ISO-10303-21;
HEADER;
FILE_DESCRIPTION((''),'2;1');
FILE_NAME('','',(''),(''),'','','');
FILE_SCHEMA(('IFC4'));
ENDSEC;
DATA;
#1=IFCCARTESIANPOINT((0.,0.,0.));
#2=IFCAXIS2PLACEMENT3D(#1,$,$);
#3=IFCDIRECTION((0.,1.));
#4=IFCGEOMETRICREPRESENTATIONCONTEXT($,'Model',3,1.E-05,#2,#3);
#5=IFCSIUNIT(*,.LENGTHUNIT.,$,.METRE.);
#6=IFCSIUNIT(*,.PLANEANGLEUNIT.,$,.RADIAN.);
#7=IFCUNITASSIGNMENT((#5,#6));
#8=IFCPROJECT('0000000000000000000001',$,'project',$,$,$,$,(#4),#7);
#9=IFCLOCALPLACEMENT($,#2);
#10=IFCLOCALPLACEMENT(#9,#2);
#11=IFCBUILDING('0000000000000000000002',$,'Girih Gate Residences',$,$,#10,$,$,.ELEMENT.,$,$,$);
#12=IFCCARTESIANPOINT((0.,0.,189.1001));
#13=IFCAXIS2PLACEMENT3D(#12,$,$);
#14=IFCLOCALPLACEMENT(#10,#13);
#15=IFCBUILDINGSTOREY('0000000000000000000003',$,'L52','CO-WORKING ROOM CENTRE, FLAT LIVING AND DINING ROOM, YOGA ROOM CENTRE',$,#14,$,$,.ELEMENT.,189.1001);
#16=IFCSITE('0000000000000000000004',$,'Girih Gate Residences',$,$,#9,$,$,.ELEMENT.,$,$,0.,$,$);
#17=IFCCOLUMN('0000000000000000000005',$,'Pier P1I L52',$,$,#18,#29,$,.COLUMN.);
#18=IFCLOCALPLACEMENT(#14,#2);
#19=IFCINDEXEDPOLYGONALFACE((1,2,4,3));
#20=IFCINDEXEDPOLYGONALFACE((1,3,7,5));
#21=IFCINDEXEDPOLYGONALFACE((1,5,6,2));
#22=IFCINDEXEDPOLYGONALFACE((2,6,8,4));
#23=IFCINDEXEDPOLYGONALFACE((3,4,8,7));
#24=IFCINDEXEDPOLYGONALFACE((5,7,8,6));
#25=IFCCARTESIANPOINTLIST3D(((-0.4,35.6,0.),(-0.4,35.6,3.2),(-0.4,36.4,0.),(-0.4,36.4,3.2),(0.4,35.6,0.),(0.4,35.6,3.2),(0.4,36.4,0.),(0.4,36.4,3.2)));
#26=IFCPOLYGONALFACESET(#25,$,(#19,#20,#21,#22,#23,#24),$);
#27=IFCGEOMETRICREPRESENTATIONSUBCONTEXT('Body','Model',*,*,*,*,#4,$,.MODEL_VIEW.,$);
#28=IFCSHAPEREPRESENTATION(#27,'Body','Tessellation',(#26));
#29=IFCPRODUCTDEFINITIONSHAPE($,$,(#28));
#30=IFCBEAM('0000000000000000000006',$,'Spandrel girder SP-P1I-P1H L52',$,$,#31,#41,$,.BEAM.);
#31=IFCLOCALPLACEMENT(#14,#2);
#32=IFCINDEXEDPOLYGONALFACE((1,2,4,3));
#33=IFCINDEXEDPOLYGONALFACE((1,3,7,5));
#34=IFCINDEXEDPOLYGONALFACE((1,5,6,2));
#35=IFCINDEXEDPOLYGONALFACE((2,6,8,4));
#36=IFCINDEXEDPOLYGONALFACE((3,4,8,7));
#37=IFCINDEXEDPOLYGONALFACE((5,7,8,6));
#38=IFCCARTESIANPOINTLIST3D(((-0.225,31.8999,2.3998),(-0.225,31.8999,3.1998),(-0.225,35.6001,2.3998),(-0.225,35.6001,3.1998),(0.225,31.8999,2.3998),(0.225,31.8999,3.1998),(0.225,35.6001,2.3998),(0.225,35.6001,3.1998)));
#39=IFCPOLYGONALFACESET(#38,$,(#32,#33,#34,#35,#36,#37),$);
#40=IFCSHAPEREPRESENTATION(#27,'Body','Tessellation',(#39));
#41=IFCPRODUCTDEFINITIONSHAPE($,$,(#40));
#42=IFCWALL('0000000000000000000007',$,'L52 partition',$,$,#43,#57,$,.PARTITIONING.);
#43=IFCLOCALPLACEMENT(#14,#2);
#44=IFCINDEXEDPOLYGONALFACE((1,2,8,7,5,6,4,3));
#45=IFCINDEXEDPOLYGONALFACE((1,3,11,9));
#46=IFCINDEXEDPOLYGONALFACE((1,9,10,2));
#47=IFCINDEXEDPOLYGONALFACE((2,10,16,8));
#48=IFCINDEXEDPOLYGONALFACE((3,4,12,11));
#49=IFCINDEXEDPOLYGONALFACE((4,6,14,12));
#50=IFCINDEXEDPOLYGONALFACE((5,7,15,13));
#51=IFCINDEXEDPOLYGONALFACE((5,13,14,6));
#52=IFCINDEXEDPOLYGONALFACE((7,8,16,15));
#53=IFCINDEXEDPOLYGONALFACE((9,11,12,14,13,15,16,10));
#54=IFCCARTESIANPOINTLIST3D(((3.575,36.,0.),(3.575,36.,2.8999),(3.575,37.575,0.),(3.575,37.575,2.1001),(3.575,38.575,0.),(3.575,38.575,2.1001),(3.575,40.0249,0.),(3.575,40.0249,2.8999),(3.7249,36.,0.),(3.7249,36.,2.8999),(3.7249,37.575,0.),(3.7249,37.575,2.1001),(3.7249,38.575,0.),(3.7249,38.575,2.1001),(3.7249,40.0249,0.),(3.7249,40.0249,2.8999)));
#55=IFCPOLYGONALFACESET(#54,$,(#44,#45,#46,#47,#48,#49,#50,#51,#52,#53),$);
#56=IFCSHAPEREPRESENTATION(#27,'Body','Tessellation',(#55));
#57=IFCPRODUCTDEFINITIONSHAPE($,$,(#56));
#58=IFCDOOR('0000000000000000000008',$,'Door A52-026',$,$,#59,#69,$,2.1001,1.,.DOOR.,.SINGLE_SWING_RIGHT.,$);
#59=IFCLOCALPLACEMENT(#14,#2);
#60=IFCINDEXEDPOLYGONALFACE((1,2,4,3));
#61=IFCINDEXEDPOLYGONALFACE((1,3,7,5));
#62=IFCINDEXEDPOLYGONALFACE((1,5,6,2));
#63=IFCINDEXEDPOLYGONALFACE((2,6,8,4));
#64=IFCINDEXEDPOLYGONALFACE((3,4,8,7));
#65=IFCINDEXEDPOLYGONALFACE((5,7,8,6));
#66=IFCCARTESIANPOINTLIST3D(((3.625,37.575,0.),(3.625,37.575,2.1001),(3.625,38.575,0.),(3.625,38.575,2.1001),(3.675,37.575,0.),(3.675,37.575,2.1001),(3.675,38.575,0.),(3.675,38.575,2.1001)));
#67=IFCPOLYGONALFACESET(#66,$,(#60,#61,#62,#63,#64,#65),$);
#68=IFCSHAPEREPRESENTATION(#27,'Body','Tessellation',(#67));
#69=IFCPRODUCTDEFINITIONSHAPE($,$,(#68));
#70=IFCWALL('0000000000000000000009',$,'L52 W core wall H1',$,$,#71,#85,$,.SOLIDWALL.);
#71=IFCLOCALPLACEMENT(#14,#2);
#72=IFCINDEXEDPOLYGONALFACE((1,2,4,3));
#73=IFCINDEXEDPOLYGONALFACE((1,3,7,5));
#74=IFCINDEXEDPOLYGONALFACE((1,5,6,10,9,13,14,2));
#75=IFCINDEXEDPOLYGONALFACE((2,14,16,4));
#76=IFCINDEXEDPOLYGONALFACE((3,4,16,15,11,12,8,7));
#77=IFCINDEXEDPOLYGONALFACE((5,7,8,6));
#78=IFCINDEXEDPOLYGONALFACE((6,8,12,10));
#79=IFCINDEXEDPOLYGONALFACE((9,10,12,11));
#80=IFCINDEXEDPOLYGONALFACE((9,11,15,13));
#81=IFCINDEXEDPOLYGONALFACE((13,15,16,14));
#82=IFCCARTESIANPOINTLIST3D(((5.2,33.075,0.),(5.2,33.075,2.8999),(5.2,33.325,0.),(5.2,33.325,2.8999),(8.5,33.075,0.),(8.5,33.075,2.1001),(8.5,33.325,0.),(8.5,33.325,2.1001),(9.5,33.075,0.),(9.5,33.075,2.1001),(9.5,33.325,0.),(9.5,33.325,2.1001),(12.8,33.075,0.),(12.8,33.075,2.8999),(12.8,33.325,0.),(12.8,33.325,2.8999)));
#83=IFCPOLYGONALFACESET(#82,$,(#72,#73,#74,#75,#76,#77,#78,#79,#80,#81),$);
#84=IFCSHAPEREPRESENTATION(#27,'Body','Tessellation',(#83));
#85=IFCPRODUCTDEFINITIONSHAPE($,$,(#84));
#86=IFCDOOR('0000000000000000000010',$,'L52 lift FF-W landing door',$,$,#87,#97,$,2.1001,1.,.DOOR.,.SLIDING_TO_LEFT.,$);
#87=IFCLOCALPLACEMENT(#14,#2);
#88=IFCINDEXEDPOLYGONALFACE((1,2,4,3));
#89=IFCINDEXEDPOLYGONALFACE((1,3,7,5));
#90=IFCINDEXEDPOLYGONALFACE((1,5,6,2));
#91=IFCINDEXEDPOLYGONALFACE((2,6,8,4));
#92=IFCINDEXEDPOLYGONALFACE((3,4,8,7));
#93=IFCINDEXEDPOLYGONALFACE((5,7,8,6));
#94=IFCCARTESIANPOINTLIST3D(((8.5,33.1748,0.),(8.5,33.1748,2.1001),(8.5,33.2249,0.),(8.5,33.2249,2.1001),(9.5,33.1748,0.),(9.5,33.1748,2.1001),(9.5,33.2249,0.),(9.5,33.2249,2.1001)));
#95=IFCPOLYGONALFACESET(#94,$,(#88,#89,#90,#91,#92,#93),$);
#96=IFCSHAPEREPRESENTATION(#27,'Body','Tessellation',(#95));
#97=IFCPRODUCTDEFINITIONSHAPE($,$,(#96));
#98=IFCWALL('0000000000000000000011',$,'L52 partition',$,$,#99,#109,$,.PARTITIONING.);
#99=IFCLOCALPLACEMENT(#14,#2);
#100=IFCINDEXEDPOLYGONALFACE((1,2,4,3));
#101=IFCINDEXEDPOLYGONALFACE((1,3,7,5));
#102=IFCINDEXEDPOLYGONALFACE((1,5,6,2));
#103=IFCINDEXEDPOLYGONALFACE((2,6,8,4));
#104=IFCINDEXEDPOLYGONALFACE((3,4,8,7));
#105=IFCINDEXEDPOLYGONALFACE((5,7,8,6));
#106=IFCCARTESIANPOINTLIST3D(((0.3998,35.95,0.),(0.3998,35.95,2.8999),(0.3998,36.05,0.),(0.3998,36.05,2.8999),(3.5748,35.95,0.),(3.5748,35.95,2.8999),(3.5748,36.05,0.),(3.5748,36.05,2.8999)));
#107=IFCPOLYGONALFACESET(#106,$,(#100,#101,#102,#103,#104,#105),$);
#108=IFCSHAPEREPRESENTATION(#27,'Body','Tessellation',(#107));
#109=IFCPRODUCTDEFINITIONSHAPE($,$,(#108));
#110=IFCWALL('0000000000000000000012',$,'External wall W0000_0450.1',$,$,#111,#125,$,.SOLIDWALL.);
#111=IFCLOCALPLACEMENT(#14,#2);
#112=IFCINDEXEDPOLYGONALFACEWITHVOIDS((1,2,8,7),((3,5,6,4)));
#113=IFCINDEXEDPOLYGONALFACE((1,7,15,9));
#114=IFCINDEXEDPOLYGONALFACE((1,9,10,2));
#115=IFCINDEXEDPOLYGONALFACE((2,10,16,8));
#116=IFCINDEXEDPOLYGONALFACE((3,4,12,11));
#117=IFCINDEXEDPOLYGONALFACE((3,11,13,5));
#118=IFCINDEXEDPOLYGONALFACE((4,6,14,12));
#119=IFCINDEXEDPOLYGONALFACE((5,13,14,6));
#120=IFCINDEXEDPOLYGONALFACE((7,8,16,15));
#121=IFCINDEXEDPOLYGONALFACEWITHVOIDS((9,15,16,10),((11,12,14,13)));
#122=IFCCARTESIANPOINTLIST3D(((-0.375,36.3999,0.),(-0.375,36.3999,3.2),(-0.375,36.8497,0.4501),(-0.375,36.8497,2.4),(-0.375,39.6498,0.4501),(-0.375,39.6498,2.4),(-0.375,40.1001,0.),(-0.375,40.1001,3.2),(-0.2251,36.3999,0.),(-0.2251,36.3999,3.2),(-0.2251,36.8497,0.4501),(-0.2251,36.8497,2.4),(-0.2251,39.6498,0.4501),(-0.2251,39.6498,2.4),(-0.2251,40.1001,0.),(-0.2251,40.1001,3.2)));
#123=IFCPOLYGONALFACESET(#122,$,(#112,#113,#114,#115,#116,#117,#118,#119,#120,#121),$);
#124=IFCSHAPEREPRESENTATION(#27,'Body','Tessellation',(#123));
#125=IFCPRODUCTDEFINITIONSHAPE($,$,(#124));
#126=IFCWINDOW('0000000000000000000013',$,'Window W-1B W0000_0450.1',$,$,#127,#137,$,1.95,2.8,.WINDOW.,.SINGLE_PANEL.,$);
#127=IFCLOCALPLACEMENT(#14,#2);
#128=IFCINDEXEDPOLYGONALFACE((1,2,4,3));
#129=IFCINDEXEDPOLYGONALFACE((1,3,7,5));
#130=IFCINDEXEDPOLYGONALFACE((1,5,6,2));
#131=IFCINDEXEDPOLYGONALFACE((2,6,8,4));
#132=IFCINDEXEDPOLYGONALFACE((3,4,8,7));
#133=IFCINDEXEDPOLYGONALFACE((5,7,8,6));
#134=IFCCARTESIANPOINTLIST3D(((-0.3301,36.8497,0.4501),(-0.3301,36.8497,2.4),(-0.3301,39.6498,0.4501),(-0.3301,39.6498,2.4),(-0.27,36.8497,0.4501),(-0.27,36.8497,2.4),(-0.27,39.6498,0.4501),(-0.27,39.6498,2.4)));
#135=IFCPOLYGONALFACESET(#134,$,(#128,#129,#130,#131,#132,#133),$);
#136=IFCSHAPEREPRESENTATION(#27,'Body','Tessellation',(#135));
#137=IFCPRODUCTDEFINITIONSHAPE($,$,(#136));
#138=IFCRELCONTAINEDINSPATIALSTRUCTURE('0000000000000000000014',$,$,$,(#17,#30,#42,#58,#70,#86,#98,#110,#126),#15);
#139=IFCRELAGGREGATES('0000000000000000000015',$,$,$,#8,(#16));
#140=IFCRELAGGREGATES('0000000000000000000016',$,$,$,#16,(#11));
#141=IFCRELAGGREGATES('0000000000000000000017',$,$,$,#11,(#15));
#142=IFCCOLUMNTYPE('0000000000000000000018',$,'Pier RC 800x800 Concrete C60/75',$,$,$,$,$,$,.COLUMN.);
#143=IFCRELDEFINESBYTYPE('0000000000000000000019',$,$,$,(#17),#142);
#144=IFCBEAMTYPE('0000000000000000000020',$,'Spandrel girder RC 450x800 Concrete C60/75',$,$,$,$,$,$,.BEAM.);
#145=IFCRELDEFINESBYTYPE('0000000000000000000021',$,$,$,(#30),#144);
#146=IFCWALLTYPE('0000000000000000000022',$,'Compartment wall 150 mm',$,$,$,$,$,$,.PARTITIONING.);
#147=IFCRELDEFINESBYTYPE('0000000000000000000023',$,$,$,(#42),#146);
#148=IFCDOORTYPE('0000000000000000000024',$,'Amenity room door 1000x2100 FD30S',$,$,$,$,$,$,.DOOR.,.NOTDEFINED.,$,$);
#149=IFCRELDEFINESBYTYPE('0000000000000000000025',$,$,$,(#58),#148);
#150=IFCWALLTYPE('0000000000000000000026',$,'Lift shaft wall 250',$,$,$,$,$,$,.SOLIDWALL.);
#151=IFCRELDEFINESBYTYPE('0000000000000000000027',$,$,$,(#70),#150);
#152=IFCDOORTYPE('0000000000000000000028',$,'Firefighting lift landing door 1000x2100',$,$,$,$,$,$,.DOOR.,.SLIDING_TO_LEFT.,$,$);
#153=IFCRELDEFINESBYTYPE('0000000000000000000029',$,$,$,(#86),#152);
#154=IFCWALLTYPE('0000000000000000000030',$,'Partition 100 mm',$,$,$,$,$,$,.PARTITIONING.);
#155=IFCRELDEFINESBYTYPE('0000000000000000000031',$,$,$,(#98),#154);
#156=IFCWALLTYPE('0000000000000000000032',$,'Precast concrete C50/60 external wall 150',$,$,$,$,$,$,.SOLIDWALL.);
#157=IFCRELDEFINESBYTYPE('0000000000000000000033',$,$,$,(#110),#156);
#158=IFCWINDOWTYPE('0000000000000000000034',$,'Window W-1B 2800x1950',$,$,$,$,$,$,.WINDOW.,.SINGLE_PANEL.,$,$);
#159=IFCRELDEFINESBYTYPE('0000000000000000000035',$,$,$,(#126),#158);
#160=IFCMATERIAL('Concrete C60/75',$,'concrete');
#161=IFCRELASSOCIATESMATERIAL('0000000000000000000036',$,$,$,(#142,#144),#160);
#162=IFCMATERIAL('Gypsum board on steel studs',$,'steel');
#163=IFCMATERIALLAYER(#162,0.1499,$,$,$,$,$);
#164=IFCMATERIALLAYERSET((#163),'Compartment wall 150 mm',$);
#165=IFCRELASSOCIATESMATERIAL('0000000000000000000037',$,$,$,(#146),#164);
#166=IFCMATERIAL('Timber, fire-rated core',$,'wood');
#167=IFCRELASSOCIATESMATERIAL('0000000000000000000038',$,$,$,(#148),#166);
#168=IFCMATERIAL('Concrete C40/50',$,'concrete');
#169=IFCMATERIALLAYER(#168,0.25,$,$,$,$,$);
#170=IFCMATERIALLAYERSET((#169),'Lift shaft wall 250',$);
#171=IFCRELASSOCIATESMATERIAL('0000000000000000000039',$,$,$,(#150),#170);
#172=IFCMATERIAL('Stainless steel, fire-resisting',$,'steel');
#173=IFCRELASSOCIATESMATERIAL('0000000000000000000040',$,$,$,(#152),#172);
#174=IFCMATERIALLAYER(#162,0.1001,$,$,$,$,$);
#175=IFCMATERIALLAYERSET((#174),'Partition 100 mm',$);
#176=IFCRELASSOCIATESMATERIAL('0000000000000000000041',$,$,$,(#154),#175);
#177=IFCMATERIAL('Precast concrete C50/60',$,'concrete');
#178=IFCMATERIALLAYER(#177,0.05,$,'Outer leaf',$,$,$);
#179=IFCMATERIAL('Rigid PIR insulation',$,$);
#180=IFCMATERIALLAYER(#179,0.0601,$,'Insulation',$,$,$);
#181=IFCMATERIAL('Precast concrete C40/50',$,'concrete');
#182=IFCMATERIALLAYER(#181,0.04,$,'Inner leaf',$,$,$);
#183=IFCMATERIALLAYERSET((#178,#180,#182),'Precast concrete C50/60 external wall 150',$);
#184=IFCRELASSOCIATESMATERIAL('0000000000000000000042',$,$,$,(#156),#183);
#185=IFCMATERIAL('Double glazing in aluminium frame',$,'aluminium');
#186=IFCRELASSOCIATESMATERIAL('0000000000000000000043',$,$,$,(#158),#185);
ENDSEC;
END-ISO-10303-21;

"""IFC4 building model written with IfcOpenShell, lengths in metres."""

from ifc_helpers import new_model, si_unit, direction, frame, frame_2d, origin, origin_2d, place, context, subcontext, project, spatial, rectangle, extrude, material, layer, layer_set, material_profile, profile_set, type_object, element, fill, save


model = new_model("IFC4")

# Units and contexts
model_context = context("Model", 3, precision=1e-05, world=origin(), true_north=direction((0.0, 1.0)))
body_context = subcontext(model_context, "Body", "Model", "MODEL_VIEW")
ifc_project = project(units=[si_unit("LENGTHUNIT", "METRE"), si_unit("PLANEANGLEUNIT", "RADIAN")], contexts=[model_context])

# Site, building, storey
site_placement = place(None, origin())
site = spatial("IfcSite", under=ifc_project, at=site_placement, Name="Girih Gate Residences", CompositionType="ELEMENT", RefElevation=0.0)
building_placement = place(site_placement, origin())
building = spatial("IfcBuilding", under=site, at=building_placement, Name="Girih Gate Residences", CompositionType="ELEMENT")
storey_placement = place(building_placement, frame((0.0, 0.0, 189.1001)))
storey = spatial("IfcBuildingStorey", under=building, at=storey_placement, Name="L52", Description="CO-WORKING ROOM CENTRE, FLAT LIVING AND DINING ROOM, YOGA ROOM CENTRE", CompositionType="ELEMENT", Elevation=189.1001)

# Column
ifc_material_1 = material(Name="Concrete C60/75", Category="concrete")
ifc_material_profile_1 = material_profile(ifc_material_1, rectangle(XDim=0.8, YDim=0.8, at=origin_2d()))
ifc_profile_set_1 = profile_set([ifc_material_profile_1], Name="Concrete C60/75")
column_type = type_object("IfcColumnType", Name="Pier RC 800x800 Concrete C60/75", PredefinedType="COLUMN", material=ifc_profile_set_1)
column_placement = place(storey_placement, frame((0.0, 36.0, 0.0), z_axis=(0.0, 0.0, 1.0), x_axis=(1.0, 0.0, 0.0)))
element("IfcColumn", 1, at=column_placement, inside=storey, type_object=column_type, Name="Pier P1I L52", PredefinedType="COLUMN", context=body_context, shape_type="SweptSolid", body=[
    extrude(rectangle(XDim=0.8, YDim=0.8, at=origin_2d()), origin(), (0.0, 0.0, 1.0), 3.2),
])

# Beam
ifc_material_profile_2 = material_profile(ifc_material_1, rectangle(XDim=0.45, YDim=0.8, at=origin_2d()))
ifc_profile_set_2 = profile_set([ifc_material_profile_2], Name="Concrete C60/75")
beam_type = type_object("IfcBeamType", Name="Spandrel girder RC 450x800 Concrete C60/75", PredefinedType="BEAM", material=ifc_profile_set_2)
beam_placement = place(storey_placement, frame((0.0, 35.6001, 2.7998), z_axis=(0.0, -1.0, 0.0), x_axis=(1.0, 0.0, 0.0)))
element("IfcBeam", 2, at=beam_placement, inside=storey, type_object=beam_type, Name="Spandrel girder SP-P1I-P1H L52", PredefinedType="BEAM", context=body_context, shape_type="SweptSolid", body=[
    extrude(rectangle(XDim=0.45, YDim=0.8, at=origin_2d()), origin(), (0.0, 0.0, 1.0), 3.7002),
])

# Walls, openings, doors
ifc_material_2 = material(Name="Gypsum board on steel studs", Category="steel")
ifc_layer_1 = layer(ifc_material_2, 0.1499)
ifc_layer_set_1 = layer_set([ifc_layer_1], Name="Compartment wall 150 mm")
wall_type_1 = type_object("IfcWallType", Name="Compartment wall 150 mm", PredefinedType="PARTITIONING", material=ifc_layer_set_1)
wall_1_placement = place(storey_placement, frame((3.6499, 36.0, 0.0), z_axis=(0.0, 0.0, 1.0), x_axis=(0.0, 1.0, 0.0)))
wall_1 = element("IfcWall", 3, at=wall_1_placement, inside=storey, type_object=wall_type_1, Name="L52 partition", PredefinedType="PARTITIONING", context=body_context, shape_type="SweptSolid", body=[
    extrude(rectangle(XDim=4.0249, YDim=0.1499, at=frame_2d((2.0125, 0.0))), origin(), (0.0, 0.0, 1.0), 2.8999),
])
opening_1_placement = place(wall_1_placement, frame((1.575, 0.0, 0.0)))
opening_1 = element("IfcOpeningElement", 4, at=opening_1_placement, cuts=wall_1, PredefinedType="OPENING", context=body_context, shape_type="SweptSolid", body=[
    extrude(rectangle(XDim=1.0, YDim=2.1001, at=frame_2d((0.5, 1.05))), frame((0.0, 0.085, 0.0), z_axis=(0.0, -1.0, 0.0), x_axis=(1.0, 0.0, 0.0)), (0.0, 0.0, 1.0), 0.1699),
])
ifc_material_3 = material(Name="Timber, fire-rated core", Category="wood")
door_type_1 = type_object("IfcDoorType", Name="Amenity room door 1000x2100 FD30S", OperationType="NOTDEFINED", PredefinedType="DOOR", material=ifc_material_3)
door_1_placement = place(opening_1_placement, origin())
door_1 = element("IfcDoor", 5, at=door_1_placement, inside=storey, type_object=door_type_1, Name="Door A52-026", OperationType="SINGLE_SWING_RIGHT", OverallHeight=2.1001, OverallWidth=1.0, PredefinedType="DOOR", context=body_context, shape_type="SweptSolid", body=[
    extrude(rectangle(XDim=1.0, YDim=2.1001, at=frame_2d((0.5, 1.05))), frame((0.0, 0.0249, 0.0), z_axis=(0.0, -1.0, 0.0), x_axis=(1.0, 0.0, 0.0)), (0.0, 0.0, 1.0), 0.05),
])
fill(opening_1, door_1)
ifc_material_4 = material(Name="Concrete C40/50", Category="concrete")
ifc_layer_2 = layer(ifc_material_4, 0.25)
ifc_layer_set_2 = layer_set([ifc_layer_2], Name="Lift shaft wall 250")
wall_type_2 = type_object("IfcWallType", Name="Lift shaft wall 250", PredefinedType="SOLIDWALL", material=ifc_layer_set_2)
wall_2_placement = place(storey_placement, frame((5.2, 33.2, 0.0), z_axis=(0.0, 0.0, 1.0), x_axis=(1.0, 0.0, 0.0)))
wall_2 = element("IfcWall", 6, at=wall_2_placement, inside=storey, type_object=wall_type_2, Name="L52 W core wall H1", PredefinedType="SOLIDWALL", context=body_context, shape_type="SweptSolid", body=[
    extrude(rectangle(XDim=7.6001, YDim=0.25, at=frame_2d((3.8, 0.0))), origin(), (0.0, 0.0, 1.0), 2.8999),
])
opening_2_placement = place(wall_2_placement, frame((3.3, 0.0, 0.0)))
opening_2 = element("IfcOpeningElement", 7, at=opening_2_placement, cuts=wall_2, PredefinedType="OPENING", context=body_context, shape_type="SweptSolid", body=[
    extrude(rectangle(XDim=1.0, YDim=2.1001, at=frame_2d((0.5, 1.05))), frame((0.0, 0.135, 0.0), z_axis=(0.0, -1.0, 0.0), x_axis=(1.0, 0.0, 0.0)), (0.0, 0.0, 1.0), 0.27),
])
ifc_material_5 = material(Name="Stainless steel, fire-resisting", Category="steel")
door_type_2 = type_object("IfcDoorType", Name="Firefighting lift landing door 1000x2100", OperationType="SLIDING_TO_LEFT", PredefinedType="DOOR", material=ifc_material_5)
door_2_placement = place(opening_2_placement, origin())
door_2 = element("IfcDoor", 8, at=door_2_placement, inside=storey, type_object=door_type_2, Name="L52 lift FF-W landing door", OperationType="SLIDING_TO_LEFT", OverallHeight=2.1001, OverallWidth=1.0, PredefinedType="DOOR", context=body_context, shape_type="SweptSolid", body=[
    extrude(rectangle(XDim=1.0, YDim=2.1001, at=frame_2d((0.5, 1.05))), frame((0.0, 0.0249, 0.0), z_axis=(0.0, -1.0, 0.0), x_axis=(1.0, 0.0, 0.0)), (0.0, 0.0, 1.0), 0.05),
])
fill(opening_2, door_2)

# Wall
ifc_layer_3 = layer(ifc_material_2, 0.1001)
ifc_layer_set_3 = layer_set([ifc_layer_3], Name="Partition 100 mm")
wall_type_3 = type_object("IfcWallType", Name="Partition 100 mm", PredefinedType="PARTITIONING", material=ifc_layer_set_3)
wall_3_placement = place(storey_placement, frame((0.3999, 36.0, 0.0), z_axis=(0.0, 0.0, 1.0), x_axis=(1.0, 0.0, 0.0)))
element("IfcWall", 9, at=wall_3_placement, inside=storey, type_object=wall_type_3, Name="L52 partition", PredefinedType="PARTITIONING", context=body_context, shape_type="SweptSolid", body=[
    extrude(rectangle(XDim=3.175, YDim=0.1001, at=frame_2d((1.5874, 0.0))), origin(), (0.0, 0.0, 1.0), 2.8999),
])

# Wall, opening, window
ifc_material_6 = material(Name="Precast concrete C50/60", Category="concrete")
ifc_layer_4 = layer(ifc_material_6, 0.05, Name="Outer leaf")
ifc_material_7 = material(Name="Rigid PIR insulation")
ifc_layer_5 = layer(ifc_material_7, 0.0601, Name="Insulation")
ifc_material_8 = material(Name="Precast concrete C40/50", Category="concrete")
ifc_layer_6 = layer(ifc_material_8, 0.04, Name="Inner leaf")
ifc_layer_set_4 = layer_set([ifc_layer_4, ifc_layer_5, ifc_layer_6], Name="Precast concrete C50/60 external wall 150")
wall_type_4 = type_object("IfcWallType", Name="Precast concrete C50/60 external wall 150", PredefinedType="SOLIDWALL", material=ifc_layer_set_4)
wall_4_placement = place(storey_placement, frame((-0.3, 36.3999, 0.0), z_axis=(0.0, 0.0, 1.0), x_axis=(0.0, 1.0, 0.0)))
wall_4 = element("IfcWall", 10, at=wall_4_placement, inside=storey, type_object=wall_type_4, Name="External wall W0000_0450.1", PredefinedType="SOLIDWALL", context=body_context, shape_type="SweptSolid", body=[
    extrude(rectangle(XDim=3.7002, YDim=0.1499, at=frame_2d((1.8501, 0.0))), origin(), (0.0, 0.0, 1.0), 3.2),
])
opening_3_placement = place(wall_4_placement, frame((0.45, 0.0, 0.45)))
opening_3 = element("IfcOpeningElement", 11, at=opening_3_placement, cuts=wall_4, PredefinedType="OPENING", context=body_context, shape_type="SweptSolid", body=[
    extrude(rectangle(XDim=2.8, YDim=1.95, at=frame_2d((1.3999, 0.9751))), frame((0.0, 0.085, 0.0), z_axis=(0.0, -1.0, 0.0), x_axis=(1.0, 0.0, 0.0)), (0.0, 0.0, 1.0), 0.1699),
])
ifc_material_9 = material(Name="Double glazing in aluminium frame", Category="aluminium")
window_type = type_object("IfcWindowType", Name="Window W-1B 2800x1950", PartitioningType="SINGLE_PANEL", PredefinedType="WINDOW", material=ifc_material_9)
window_1_placement = place(opening_3_placement, origin())
window_1 = element("IfcWindow", 12, at=window_1_placement, inside=storey, type_object=window_type, Name="Window W-1B W0000_0450.1", OverallHeight=1.95, OverallWidth=2.8, PartitioningType="SINGLE_PANEL", PredefinedType="WINDOW", context=body_context, shape_type="SweptSolid", body=[
    extrude(rectangle(XDim=2.8, YDim=1.95, at=frame_2d((1.3999, 0.9751))), frame((0.0, 0.03, 0.0), z_axis=(0.0, -1.0, 0.0), x_axis=(1.0, 0.0, 0.0)), (0.0, 0.0, 1.0), 0.0601),
])
fill(opening_3, window_1)

save(model, "model.ifc")
